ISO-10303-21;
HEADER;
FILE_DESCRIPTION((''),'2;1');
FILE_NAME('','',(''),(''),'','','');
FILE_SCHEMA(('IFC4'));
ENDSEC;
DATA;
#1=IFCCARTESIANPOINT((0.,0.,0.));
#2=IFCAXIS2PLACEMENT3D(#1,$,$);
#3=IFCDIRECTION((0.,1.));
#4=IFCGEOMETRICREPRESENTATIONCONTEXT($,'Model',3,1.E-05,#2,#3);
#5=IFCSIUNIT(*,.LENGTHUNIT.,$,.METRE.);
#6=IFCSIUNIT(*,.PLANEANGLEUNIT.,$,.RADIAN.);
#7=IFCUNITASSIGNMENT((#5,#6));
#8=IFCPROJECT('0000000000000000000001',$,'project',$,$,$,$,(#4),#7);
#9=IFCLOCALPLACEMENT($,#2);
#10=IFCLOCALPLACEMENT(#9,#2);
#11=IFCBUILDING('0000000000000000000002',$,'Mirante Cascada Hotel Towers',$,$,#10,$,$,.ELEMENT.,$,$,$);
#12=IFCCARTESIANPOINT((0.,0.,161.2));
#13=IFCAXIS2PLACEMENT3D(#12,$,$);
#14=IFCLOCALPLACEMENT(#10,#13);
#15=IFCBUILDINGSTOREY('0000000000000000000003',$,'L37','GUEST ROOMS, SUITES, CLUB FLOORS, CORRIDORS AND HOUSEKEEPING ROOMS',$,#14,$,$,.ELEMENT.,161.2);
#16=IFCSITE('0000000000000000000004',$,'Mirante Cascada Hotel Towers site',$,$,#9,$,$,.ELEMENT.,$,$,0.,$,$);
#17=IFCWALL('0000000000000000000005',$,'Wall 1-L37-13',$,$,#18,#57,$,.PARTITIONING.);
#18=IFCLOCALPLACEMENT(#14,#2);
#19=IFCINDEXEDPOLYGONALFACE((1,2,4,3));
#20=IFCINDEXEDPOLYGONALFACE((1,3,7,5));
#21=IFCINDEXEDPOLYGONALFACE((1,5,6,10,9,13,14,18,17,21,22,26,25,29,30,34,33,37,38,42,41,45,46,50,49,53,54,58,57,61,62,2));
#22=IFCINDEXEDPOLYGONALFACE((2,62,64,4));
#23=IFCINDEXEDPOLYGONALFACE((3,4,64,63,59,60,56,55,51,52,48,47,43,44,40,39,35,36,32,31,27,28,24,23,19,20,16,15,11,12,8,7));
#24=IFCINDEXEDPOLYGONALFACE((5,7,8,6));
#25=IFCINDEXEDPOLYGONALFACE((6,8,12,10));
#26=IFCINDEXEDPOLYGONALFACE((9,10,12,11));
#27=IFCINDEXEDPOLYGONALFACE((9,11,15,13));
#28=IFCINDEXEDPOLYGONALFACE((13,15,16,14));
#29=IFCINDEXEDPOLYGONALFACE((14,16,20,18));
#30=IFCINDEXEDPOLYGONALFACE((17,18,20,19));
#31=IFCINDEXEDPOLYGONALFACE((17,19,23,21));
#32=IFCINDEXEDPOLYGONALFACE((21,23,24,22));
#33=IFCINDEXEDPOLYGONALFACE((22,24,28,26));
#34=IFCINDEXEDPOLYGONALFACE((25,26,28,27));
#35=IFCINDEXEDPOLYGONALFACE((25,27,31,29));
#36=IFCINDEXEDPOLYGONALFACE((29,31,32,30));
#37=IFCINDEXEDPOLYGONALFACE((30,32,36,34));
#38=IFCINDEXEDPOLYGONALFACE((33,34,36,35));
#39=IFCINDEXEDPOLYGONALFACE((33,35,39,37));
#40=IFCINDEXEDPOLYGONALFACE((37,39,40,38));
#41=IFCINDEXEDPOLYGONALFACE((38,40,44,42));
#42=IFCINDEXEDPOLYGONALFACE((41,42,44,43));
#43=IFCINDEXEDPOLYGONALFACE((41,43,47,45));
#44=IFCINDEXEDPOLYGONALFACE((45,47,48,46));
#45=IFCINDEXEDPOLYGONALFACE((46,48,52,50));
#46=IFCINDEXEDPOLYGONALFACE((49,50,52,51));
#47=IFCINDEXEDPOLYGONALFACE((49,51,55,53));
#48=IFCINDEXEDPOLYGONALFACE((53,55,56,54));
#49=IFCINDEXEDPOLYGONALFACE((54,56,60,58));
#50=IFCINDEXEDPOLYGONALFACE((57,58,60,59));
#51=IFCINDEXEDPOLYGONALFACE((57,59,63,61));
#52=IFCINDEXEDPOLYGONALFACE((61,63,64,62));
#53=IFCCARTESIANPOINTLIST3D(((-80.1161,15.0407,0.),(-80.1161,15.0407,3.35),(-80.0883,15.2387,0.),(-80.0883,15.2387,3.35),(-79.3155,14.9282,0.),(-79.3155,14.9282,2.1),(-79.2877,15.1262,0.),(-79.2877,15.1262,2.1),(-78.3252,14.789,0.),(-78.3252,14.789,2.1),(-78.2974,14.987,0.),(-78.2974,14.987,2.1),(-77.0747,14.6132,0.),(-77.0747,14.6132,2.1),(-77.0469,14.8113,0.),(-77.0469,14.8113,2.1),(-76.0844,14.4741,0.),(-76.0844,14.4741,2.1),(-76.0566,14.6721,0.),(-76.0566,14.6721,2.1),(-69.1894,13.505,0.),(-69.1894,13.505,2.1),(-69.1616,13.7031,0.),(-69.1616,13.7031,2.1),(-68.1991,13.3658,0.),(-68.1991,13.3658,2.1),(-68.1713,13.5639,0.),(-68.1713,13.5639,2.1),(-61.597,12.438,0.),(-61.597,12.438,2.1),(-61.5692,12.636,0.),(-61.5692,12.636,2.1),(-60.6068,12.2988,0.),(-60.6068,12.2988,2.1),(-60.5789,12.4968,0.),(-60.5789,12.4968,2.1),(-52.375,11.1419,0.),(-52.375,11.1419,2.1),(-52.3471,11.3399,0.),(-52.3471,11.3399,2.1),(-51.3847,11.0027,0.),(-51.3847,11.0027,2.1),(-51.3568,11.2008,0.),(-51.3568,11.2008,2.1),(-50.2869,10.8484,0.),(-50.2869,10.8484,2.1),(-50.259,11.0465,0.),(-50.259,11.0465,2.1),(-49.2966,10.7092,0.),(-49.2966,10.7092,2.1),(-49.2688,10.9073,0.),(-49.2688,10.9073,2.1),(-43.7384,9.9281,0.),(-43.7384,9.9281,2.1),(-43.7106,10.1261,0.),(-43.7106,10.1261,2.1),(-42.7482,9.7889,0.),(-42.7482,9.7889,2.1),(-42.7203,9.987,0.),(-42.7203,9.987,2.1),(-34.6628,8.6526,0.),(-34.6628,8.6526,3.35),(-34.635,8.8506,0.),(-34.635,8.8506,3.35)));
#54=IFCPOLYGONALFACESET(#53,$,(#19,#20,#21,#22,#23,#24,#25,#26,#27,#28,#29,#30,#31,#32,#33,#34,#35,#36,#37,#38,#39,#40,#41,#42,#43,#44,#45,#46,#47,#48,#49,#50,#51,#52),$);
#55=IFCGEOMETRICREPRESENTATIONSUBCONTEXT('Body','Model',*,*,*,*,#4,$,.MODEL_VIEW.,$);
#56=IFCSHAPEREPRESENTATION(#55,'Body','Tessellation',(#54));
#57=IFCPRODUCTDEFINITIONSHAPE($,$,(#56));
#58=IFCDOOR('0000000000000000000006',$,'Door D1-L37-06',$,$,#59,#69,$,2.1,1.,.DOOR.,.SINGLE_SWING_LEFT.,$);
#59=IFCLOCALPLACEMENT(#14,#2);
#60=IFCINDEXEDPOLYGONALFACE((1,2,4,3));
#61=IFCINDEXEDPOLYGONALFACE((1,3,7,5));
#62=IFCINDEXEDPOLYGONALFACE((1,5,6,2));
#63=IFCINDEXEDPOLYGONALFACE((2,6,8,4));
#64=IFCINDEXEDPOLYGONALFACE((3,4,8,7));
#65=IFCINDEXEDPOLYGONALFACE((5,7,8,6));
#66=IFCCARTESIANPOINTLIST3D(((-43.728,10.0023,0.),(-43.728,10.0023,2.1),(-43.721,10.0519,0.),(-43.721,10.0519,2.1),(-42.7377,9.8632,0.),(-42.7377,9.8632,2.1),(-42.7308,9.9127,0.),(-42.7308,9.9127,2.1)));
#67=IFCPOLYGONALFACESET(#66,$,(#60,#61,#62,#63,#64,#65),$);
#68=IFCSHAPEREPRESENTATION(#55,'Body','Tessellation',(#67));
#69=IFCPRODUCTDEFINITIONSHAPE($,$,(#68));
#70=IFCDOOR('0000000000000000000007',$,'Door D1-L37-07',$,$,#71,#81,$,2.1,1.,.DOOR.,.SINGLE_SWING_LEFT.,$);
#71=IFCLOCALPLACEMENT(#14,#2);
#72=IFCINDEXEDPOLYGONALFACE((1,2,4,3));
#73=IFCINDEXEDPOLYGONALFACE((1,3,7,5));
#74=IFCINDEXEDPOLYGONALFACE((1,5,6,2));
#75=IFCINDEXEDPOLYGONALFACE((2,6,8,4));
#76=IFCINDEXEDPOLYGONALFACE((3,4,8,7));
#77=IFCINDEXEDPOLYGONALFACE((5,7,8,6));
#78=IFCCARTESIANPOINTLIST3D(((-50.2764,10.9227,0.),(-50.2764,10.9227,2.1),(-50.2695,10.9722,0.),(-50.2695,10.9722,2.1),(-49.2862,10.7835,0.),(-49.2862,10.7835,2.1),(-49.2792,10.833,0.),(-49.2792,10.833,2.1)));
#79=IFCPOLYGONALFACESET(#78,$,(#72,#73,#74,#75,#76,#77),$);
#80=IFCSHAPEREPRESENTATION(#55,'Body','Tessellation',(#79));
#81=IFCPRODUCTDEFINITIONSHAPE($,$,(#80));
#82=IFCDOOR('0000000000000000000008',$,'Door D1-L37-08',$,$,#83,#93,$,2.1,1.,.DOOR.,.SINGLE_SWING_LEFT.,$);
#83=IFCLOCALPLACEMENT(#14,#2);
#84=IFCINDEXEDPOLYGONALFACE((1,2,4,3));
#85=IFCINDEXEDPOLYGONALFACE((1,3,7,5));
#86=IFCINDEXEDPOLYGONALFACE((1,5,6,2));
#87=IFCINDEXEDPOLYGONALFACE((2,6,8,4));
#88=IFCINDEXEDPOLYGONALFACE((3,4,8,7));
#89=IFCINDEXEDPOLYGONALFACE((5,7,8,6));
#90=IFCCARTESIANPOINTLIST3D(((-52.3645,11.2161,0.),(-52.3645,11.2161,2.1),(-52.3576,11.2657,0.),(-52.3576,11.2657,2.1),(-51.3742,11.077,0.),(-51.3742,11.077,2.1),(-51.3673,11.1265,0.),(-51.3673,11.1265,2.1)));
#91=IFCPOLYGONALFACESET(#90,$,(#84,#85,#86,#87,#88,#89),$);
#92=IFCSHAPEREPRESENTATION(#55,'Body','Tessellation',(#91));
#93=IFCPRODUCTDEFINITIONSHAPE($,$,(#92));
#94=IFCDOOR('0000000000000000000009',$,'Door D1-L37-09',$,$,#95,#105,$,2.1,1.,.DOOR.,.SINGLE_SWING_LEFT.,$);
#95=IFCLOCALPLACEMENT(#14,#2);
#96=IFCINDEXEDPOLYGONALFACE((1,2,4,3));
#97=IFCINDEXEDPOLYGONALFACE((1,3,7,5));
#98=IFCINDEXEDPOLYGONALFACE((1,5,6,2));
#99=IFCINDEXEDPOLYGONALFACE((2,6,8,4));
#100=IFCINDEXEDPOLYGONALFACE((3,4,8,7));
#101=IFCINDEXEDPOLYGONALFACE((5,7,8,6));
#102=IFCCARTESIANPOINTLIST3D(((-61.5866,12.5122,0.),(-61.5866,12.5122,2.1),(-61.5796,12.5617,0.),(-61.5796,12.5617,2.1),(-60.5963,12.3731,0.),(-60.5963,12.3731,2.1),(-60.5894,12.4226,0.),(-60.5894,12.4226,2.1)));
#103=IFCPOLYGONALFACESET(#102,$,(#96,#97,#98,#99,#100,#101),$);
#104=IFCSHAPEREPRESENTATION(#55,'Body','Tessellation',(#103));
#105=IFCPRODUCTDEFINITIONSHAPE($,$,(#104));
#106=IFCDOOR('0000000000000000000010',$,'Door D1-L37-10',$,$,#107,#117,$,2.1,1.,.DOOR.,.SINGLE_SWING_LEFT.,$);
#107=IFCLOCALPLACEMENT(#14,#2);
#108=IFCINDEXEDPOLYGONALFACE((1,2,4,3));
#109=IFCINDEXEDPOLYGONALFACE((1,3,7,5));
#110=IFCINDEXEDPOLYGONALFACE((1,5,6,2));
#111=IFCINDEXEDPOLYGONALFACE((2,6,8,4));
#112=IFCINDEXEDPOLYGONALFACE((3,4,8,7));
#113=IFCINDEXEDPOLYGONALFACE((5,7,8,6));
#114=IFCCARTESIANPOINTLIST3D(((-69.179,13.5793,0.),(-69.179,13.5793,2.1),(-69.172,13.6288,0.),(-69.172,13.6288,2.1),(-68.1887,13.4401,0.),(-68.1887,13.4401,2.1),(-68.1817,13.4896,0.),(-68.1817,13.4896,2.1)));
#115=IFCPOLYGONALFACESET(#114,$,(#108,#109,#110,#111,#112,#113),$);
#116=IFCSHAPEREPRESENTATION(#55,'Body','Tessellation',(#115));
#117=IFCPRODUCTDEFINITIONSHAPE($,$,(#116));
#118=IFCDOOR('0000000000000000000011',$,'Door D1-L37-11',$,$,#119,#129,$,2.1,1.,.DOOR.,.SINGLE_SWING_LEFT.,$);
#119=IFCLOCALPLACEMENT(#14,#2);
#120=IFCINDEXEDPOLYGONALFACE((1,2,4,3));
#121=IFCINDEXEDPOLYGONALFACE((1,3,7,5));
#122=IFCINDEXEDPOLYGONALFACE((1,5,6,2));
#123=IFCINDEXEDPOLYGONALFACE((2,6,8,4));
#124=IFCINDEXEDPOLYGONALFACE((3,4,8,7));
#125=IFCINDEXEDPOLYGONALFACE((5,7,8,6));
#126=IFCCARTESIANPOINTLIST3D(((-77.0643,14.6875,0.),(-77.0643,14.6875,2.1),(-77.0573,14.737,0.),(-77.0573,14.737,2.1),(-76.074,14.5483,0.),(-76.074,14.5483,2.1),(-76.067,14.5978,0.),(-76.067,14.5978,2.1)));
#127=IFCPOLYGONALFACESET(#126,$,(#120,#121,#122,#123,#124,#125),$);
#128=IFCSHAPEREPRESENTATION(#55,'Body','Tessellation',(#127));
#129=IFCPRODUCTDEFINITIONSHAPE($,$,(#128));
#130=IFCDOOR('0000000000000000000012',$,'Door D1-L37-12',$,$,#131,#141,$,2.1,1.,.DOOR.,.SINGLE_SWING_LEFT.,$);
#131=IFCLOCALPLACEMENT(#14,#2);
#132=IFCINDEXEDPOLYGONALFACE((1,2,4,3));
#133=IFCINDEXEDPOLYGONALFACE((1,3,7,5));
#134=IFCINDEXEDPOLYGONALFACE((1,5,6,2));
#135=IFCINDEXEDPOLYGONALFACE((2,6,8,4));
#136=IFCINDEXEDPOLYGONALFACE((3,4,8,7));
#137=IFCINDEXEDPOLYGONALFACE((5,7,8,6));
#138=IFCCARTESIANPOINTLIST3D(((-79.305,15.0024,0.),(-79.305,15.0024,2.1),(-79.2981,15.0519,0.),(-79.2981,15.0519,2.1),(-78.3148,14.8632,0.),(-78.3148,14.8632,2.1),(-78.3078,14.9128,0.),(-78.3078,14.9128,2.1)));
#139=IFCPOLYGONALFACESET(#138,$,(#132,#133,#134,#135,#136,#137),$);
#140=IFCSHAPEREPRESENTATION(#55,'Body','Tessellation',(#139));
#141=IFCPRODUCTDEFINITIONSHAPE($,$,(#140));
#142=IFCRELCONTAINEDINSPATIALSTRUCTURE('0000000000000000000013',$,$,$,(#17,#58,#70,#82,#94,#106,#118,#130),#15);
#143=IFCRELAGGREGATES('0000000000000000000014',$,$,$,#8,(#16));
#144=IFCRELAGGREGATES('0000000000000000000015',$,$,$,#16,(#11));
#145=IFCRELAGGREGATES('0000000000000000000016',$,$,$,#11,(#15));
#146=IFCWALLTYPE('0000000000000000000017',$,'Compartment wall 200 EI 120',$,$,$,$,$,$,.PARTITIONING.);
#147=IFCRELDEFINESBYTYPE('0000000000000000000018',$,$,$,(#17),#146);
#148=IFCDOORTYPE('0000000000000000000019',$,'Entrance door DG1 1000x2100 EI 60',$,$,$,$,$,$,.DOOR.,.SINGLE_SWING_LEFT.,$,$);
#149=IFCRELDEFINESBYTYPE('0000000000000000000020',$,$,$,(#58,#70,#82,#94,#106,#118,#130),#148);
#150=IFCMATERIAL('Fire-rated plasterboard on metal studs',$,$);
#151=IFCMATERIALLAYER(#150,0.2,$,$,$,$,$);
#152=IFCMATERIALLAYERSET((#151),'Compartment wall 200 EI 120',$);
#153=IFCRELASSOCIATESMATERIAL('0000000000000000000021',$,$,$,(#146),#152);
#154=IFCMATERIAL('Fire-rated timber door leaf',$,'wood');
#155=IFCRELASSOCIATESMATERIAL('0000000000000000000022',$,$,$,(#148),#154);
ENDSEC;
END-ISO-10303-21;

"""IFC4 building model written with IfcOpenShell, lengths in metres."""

from ifc_helpers import new_model, si_unit, direction, frame, frame_2d, origin, place, context, subcontext, project, spatial, rectangle, extrude, material, layer, layer_set, type_object, element, fill, save


model = new_model("IFC4")

# Units and contexts
model_context = context("Model", 3, precision=1e-05, world=origin(), true_north=direction((0.0, 1.0)))
body_context = subcontext(model_context, "Body", "Model", "MODEL_VIEW")
ifc_project = project(units=[si_unit("LENGTHUNIT", "METRE"), si_unit("PLANEANGLEUNIT", "RADIAN")], contexts=[model_context])

# Site, building, storey
site_placement = place(None, origin())
site = spatial("IfcSite", under=ifc_project, at=site_placement, Name="Mirante Cascada Hotel Towers site", CompositionType="ELEMENT", RefElevation=0.0)
building_placement = place(site_placement, origin())
building = spatial("IfcBuilding", under=site, at=building_placement, Name="Mirante Cascada Hotel Towers", CompositionType="ELEMENT")
storey_placement = place(building_placement, frame((0.0, 0.0, 161.2)))
storey = spatial("IfcBuildingStorey", under=building, at=storey_placement, Name="L37", Description="GUEST ROOMS, SUITES, CLUB FLOORS, CORRIDORS AND HOUSEKEEPING ROOMS", CompositionType="ELEMENT", Elevation=161.2)

# Shared definitions
ifc_material_1 = material(Name="Fire-rated plasterboard on metal studs")
ifc_layer_1 = layer(ifc_material_1, 0.2)
ifc_layer_set_1 = layer_set([ifc_layer_1], Name="Compartment wall 200 EI 120")
wall_type_1 = type_object("IfcWallType", Name="Compartment wall 200 EI 120", PredefinedType="PARTITIONING", material=ifc_layer_set_1)

# Wall, openings, doors
wall_1_placement = place(storey_placement, frame((-80.1022, 15.1397, 0.0), z_axis=(0.0, 0.0, 1.0), x_axis=(0.990268, -0.139174, 0.0)))
wall_1 = element("IfcWall", 1, at=wall_1_placement, inside=storey, type_object=wall_type_1, Name="Wall 1-L37-13", PredefinedType="PARTITIONING", context=body_context, shape_type="SweptSolid", body=[
    extrude(rectangle(XDim=45.9, YDim=0.2, at=frame_2d((22.95, 0.0))), origin(), (0.0, 0.0, 1.0), 3.35),
])
opening_1_placement = place(wall_1_placement, frame((36.7352, 0.0, 0.0)))
opening_1 = element("IfcOpeningElement", 2, at=opening_1_placement, cuts=wall_1, PredefinedType="OPENING", context=body_context, shape_type="SweptSolid", body=[
    extrude(rectangle(XDim=1.0, YDim=2.1, at=frame_2d((0.5, 1.05))), frame((0.0, 0.1, 0.0), z_axis=(0.0, -1.0, 0.0), x_axis=(1.0, 0.0, 0.0)), (0.0, 0.0, 1.0), 0.2),
])
opening_2_placement = place(wall_1_placement, frame((30.1224, 0.0, 0.0)))
opening_2 = element("IfcOpeningElement", 3, at=opening_2_placement, cuts=wall_1, PredefinedType="OPENING", context=body_context, shape_type="SweptSolid", body=[
    extrude(rectangle(XDim=1.0, YDim=2.1, at=frame_2d((0.5, 1.05))), frame((0.0, 0.1, 0.0), z_axis=(0.0, -1.0, 0.0), x_axis=(1.0, 0.0, 0.0)), (0.0, 0.0, 1.0), 0.2),
])
opening_3_placement = place(wall_1_placement, frame((28.0138, 0.0, 0.0)))
opening_3 = element("IfcOpeningElement", 4, at=opening_3_placement, cuts=wall_1, PredefinedType="OPENING", context=body_context, shape_type="SweptSolid", body=[
    extrude(rectangle(XDim=1.0, YDim=2.1, at=frame_2d((0.5, 1.05))), frame((0.0, 0.1, 0.0), z_axis=(0.0, -1.0, 0.0), x_axis=(1.0, 0.0, 0.0)), (0.0, 0.0, 1.0), 0.2),
])
opening_4_placement = place(wall_1_placement, frame((18.7011, 0.0, 0.0)))
opening_4 = element("IfcOpeningElement", 5, at=opening_4_placement, cuts=wall_1, PredefinedType="OPENING", context=body_context, shape_type="SweptSolid", body=[
    extrude(rectangle(XDim=1.0, YDim=2.1, at=frame_2d((0.5, 1.05))), frame((0.0, 0.1, 0.0), z_axis=(0.0, -1.0, 0.0), x_axis=(1.0, 0.0, 0.0)), (0.0, 0.0, 1.0), 0.2),
])
opening_5_placement = place(wall_1_placement, frame((11.0341, 0.0, 0.0)))
opening_5 = element("IfcOpeningElement", 6, at=opening_5_placement, cuts=wall_1, PredefinedType="OPENING", context=body_context, shape_type="SweptSolid", body=[
    extrude(rectangle(XDim=1.0, YDim=2.1, at=frame_2d((0.5, 1.05))), frame((0.0, 0.1, 0.0), z_axis=(0.0, -1.0, 0.0), x_axis=(1.0, 0.0, 0.0)), (0.0, 0.0, 1.0), 0.2),
])
opening_6_placement = place(wall_1_placement, frame((3.0713, 0.0, 0.0)))
opening_6 = element("IfcOpeningElement", 7, at=opening_6_placement, cuts=wall_1, PredefinedType="OPENING", context=body_context, shape_type="SweptSolid", body=[
    extrude(rectangle(XDim=1.0, YDim=2.1, at=frame_2d((0.5, 1.05))), frame((0.0, 0.1, 0.0), z_axis=(0.0, -1.0, 0.0), x_axis=(1.0, 0.0, 0.0)), (0.0, 0.0, 1.0), 0.2),
])
opening_7_placement = place(wall_1_placement, frame((0.8085, 0.0, 0.0)))
opening_7 = element("IfcOpeningElement", 8, at=opening_7_placement, cuts=wall_1, PredefinedType="OPENING", context=body_context, shape_type="SweptSolid", body=[
    extrude(rectangle(XDim=1.0, YDim=2.1, at=frame_2d((0.5, 1.05))), frame((0.0, 0.1, 0.0), z_axis=(0.0, -1.0, 0.0), x_axis=(1.0, 0.0, 0.0)), (0.0, 0.0, 1.0), 0.2),
])
ifc_material_2 = material(Name="Fire-rated timber door leaf", Category="wood")
door_type_1 = type_object("IfcDoorType", Name="Entrance door DG1 1000x2100 EI 60", OperationType="SINGLE_SWING_LEFT", PredefinedType="DOOR", material=ifc_material_2)
door_1_placement = place(opening_1_placement, origin())
door_1 = element("IfcDoor", 9, at=door_1_placement, inside=storey, type_object=door_type_1, Name="Door D1-L37-06", OperationType="SINGLE_SWING_LEFT", OverallHeight=2.1, OverallWidth=1.0, PredefinedType="DOOR", context=body_context, shape_type="SweptSolid", body=[
    extrude(rectangle(XDim=1.0, YDim=2.1, at=frame_2d((0.5, 1.05))), frame((0.0, 0.025, 0.0), z_axis=(0.0, -1.0, 0.0), x_axis=(1.0, 0.0, 0.0)), (0.0, 0.0, 1.0), 0.05),
])
fill(opening_1, door_1)
door_2_placement = place(opening_2_placement, origin())
door_2 = element("IfcDoor", 10, at=door_2_placement, inside=storey, type_object=door_type_1, Name="Door D1-L37-07", OperationType="SINGLE_SWING_LEFT", OverallHeight=2.1, OverallWidth=1.0, PredefinedType="DOOR", context=body_context, shape_type="SweptSolid", body=[
    extrude(rectangle(XDim=1.0, YDim=2.1, at=frame_2d((0.5, 1.05))), frame((0.0, 0.025, 0.0), z_axis=(0.0, -1.0, 0.0), x_axis=(1.0, 0.0, 0.0)), (0.0, 0.0, 1.0), 0.05),
])
fill(opening_2, door_2)
door_3_placement = place(opening_3_placement, origin())
door_3 = element("IfcDoor", 11, at=door_3_placement, inside=storey, type_object=door_type_1, Name="Door D1-L37-08", OperationType="SINGLE_SWING_LEFT", OverallHeight=2.1, OverallWidth=1.0, PredefinedType="DOOR", context=body_context, shape_type="SweptSolid", body=[
    extrude(rectangle(XDim=1.0, YDim=2.1, at=frame_2d((0.5, 1.05))), frame((0.0, 0.025, 0.0), z_axis=(0.0, -1.0, 0.0), x_axis=(1.0, 0.0, 0.0)), (0.0, 0.0, 1.0), 0.05),
])
fill(opening_3, door_3)
door_4_placement = place(opening_4_placement, origin())
door_4 = element("IfcDoor", 12, at=door_4_placement, inside=storey, type_object=door_type_1, Name="Door D1-L37-09", OperationType="SINGLE_SWING_LEFT", OverallHeight=2.1, OverallWidth=1.0, PredefinedType="DOOR", context=body_context, shape_type="SweptSolid", body=[
    extrude(rectangle(XDim=1.0, YDim=2.1, at=frame_2d((0.5, 1.05))), frame((0.0, 0.025, 0.0), z_axis=(0.0, -1.0, 0.0), x_axis=(1.0, 0.0, 0.0)), (0.0, 0.0, 1.0), 0.05),
])
fill(opening_4, door_4)
door_5_placement = place(opening_5_placement, origin())
door_5 = element("IfcDoor", 13, at=door_5_placement, inside=storey, type_object=door_type_1, Name="Door D1-L37-10", OperationType="SINGLE_SWING_LEFT", OverallHeight=2.1, OverallWidth=1.0, PredefinedType="DOOR", context=body_context, shape_type="SweptSolid", body=[
    extrude(rectangle(XDim=1.0, YDim=2.1, at=frame_2d((0.5, 1.05))), frame((0.0, 0.025, 0.0), z_axis=(0.0, -1.0, 0.0), x_axis=(1.0, 0.0, 0.0)), (0.0, 0.0, 1.0), 0.05),
])
fill(opening_5, door_5)
door_6_placement = place(opening_6_placement, origin())
door_6 = element("IfcDoor", 14, at=door_6_placement, inside=storey, type_object=door_type_1, Name="Door D1-L37-11", OperationType="SINGLE_SWING_LEFT", OverallHeight=2.1, OverallWidth=1.0, PredefinedType="DOOR", context=body_context, shape_type="SweptSolid", body=[
    extrude(rectangle(XDim=1.0, YDim=2.1, at=frame_2d((0.5, 1.05))), frame((0.0, 0.025, 0.0), z_axis=(0.0, -1.0, 0.0), x_axis=(1.0, 0.0, 0.0)), (0.0, 0.0, 1.0), 0.05),
])
fill(opening_6, door_6)
door_7_placement = place(opening_7_placement, origin())
door_7 = element("IfcDoor", 15, at=door_7_placement, inside=storey, type_object=door_type_1, Name="Door D1-L37-12", OperationType="SINGLE_SWING_LEFT", OverallHeight=2.1, OverallWidth=1.0, PredefinedType="DOOR", context=body_context, shape_type="SweptSolid", body=[
    extrude(rectangle(XDim=1.0, YDim=2.1, at=frame_2d((0.5, 1.05))), frame((0.0, 0.025, 0.0), z_axis=(0.0, -1.0, 0.0), x_axis=(1.0, 0.0, 0.0)), (0.0, 0.0, 1.0), 0.05),
])
fill(opening_7, door_7)

save(model, "model.ifc")
